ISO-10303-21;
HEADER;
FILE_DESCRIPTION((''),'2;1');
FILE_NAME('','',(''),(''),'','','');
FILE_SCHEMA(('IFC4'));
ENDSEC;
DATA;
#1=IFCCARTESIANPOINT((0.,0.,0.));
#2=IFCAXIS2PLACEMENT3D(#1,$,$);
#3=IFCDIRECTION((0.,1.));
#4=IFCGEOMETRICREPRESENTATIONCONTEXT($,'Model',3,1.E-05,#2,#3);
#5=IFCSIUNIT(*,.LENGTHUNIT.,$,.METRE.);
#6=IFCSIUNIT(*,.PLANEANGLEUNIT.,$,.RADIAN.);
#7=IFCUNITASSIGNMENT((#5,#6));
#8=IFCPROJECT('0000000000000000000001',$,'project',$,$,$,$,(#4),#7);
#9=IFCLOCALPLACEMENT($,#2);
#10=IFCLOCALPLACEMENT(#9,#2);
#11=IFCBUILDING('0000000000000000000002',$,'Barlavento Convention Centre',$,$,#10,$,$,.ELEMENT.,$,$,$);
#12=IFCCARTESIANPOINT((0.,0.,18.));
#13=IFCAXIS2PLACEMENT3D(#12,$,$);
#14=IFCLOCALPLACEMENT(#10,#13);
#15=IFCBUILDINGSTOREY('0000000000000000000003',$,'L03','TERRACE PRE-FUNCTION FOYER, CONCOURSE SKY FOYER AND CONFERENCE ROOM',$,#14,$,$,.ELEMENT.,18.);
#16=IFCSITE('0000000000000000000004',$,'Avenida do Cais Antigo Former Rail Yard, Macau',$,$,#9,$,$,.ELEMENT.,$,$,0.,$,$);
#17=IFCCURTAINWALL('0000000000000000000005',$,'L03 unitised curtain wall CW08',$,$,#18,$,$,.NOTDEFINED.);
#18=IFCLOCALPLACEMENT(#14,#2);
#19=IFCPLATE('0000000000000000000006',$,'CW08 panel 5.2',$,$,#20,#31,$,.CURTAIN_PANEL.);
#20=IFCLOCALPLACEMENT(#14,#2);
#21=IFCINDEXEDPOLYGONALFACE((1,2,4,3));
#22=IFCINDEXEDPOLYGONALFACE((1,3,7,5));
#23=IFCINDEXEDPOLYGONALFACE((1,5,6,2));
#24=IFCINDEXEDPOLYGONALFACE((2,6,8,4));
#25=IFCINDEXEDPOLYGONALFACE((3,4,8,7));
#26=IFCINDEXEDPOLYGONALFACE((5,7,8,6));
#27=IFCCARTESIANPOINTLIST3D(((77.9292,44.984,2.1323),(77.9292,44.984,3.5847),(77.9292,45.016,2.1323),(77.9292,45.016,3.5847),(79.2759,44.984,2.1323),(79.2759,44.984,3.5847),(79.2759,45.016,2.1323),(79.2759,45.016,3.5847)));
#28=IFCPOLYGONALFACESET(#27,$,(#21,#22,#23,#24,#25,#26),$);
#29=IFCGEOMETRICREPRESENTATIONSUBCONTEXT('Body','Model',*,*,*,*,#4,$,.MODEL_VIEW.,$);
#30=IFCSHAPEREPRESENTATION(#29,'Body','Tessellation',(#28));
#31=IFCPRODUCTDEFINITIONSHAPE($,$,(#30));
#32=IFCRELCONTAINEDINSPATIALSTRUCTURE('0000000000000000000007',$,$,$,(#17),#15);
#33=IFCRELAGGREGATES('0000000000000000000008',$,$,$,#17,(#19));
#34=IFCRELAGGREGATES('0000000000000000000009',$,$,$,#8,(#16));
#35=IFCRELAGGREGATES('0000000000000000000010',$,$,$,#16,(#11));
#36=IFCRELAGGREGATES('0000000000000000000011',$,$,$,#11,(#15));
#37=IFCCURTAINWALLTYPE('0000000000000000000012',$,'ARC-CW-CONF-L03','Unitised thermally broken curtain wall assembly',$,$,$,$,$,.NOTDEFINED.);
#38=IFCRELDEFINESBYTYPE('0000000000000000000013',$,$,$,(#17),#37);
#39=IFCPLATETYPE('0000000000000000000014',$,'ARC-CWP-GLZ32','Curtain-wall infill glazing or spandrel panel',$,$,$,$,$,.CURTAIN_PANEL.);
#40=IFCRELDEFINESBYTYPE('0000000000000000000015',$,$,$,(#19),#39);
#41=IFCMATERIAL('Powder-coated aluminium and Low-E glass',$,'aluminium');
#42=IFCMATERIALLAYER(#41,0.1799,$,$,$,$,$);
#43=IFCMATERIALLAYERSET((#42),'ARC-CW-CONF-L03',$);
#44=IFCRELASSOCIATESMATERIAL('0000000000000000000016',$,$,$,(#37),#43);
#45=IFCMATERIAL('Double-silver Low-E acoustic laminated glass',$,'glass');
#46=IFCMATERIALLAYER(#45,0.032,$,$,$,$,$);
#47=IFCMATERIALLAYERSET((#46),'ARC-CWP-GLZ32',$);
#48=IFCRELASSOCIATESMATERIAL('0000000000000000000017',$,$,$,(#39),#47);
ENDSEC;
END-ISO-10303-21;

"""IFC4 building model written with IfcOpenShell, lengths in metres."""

from ifc_helpers import new_model, si_unit, direction, frame, origin, origin_2d, place, context, subcontext, project, spatial, rectangle, extrude, material, layer, layer_set, type_object, element, aggregate, save


model = new_model("IFC4")

# Units and contexts
model_context = context("Model", 3, precision=1e-05, world=origin(), true_north=direction((0.0, 1.0)))
body_context = subcontext(model_context, "Body", "Model", "MODEL_VIEW")
ifc_project = project(units=[si_unit("LENGTHUNIT", "METRE"), si_unit("PLANEANGLEUNIT", "RADIAN")], contexts=[model_context])

# Site, building, storey
site_placement = place(None, origin())
site = spatial("IfcSite", under=ifc_project, at=site_placement, Name="Avenida do Cais Antigo Former Rail Yard, Macau", CompositionType="ELEMENT", RefElevation=0.0)
building_placement = place(site_placement, origin())
building = spatial("IfcBuilding", under=site, at=building_placement, Name="Barlavento Convention Centre", CompositionType="ELEMENT")
storey_placement = place(building_placement, frame((0.0, 0.0, 18.0)))
storey = spatial("IfcBuildingStorey", under=building, at=storey_placement, Name="L03", Description="TERRACE PRE-FUNCTION FOYER, CONCOURSE SKY FOYER AND CONFERENCE ROOM", CompositionType="ELEMENT", Elevation=18.0)

# Curtain wall
ifc_material_1 = material(Name="Powder-coated aluminium and Low-E glass", Category="aluminium")
ifc_layer_1 = layer(ifc_material_1, 0.1799)
ifc_layer_set_1 = layer_set([ifc_layer_1], Name="ARC-CW-CONF-L03")
curtain_wall_type = type_object("IfcCurtainWallType", Name="ARC-CW-CONF-L03", Description="Unitised thermally broken curtain wall assembly", PredefinedType="NOTDEFINED", material=ifc_layer_set_1)
curtain_wall_placement = place(storey_placement, origin())
curtain_wall = element("IfcCurtainWall", 1, at=curtain_wall_placement, inside=storey, type_object=curtain_wall_type, Name="L03 unitised curtain wall CW08", PredefinedType="NOTDEFINED")

# Plate
ifc_material_2 = material(Name="Double-silver Low-E acoustic laminated glass", Category="glass")
ifc_layer_2 = layer(ifc_material_2, 0.032)
ifc_layer_set_2 = layer_set([ifc_layer_2], Name="ARC-CWP-GLZ32")
plate_type = type_object("IfcPlateType", Name="ARC-CWP-GLZ32", Description="Curtain-wall infill glazing or spandrel panel", PredefinedType="CURTAIN_PANEL", material=ifc_layer_set_2)
plate_1_placement = place(storey_placement, frame((78.6025, 45.0, 2.1323), z_axis=(0.0, 0.0, 1.0), x_axis=(1.0, 0.0, 0.0)))
plate_1 = element("IfcPlate", 2, at=plate_1_placement, type_object=plate_type, Name="CW08 panel 5.2", PredefinedType="CURTAIN_PANEL", context=body_context, shape_type="SweptSolid", body=[
    extrude(rectangle(XDim=1.3467, YDim=0.032, at=origin_2d()), origin(), (0.0, 0.0, 1.0), 1.4524),
])
aggregate(curtain_wall, [plate_1])

save(model, "model.ifc")
